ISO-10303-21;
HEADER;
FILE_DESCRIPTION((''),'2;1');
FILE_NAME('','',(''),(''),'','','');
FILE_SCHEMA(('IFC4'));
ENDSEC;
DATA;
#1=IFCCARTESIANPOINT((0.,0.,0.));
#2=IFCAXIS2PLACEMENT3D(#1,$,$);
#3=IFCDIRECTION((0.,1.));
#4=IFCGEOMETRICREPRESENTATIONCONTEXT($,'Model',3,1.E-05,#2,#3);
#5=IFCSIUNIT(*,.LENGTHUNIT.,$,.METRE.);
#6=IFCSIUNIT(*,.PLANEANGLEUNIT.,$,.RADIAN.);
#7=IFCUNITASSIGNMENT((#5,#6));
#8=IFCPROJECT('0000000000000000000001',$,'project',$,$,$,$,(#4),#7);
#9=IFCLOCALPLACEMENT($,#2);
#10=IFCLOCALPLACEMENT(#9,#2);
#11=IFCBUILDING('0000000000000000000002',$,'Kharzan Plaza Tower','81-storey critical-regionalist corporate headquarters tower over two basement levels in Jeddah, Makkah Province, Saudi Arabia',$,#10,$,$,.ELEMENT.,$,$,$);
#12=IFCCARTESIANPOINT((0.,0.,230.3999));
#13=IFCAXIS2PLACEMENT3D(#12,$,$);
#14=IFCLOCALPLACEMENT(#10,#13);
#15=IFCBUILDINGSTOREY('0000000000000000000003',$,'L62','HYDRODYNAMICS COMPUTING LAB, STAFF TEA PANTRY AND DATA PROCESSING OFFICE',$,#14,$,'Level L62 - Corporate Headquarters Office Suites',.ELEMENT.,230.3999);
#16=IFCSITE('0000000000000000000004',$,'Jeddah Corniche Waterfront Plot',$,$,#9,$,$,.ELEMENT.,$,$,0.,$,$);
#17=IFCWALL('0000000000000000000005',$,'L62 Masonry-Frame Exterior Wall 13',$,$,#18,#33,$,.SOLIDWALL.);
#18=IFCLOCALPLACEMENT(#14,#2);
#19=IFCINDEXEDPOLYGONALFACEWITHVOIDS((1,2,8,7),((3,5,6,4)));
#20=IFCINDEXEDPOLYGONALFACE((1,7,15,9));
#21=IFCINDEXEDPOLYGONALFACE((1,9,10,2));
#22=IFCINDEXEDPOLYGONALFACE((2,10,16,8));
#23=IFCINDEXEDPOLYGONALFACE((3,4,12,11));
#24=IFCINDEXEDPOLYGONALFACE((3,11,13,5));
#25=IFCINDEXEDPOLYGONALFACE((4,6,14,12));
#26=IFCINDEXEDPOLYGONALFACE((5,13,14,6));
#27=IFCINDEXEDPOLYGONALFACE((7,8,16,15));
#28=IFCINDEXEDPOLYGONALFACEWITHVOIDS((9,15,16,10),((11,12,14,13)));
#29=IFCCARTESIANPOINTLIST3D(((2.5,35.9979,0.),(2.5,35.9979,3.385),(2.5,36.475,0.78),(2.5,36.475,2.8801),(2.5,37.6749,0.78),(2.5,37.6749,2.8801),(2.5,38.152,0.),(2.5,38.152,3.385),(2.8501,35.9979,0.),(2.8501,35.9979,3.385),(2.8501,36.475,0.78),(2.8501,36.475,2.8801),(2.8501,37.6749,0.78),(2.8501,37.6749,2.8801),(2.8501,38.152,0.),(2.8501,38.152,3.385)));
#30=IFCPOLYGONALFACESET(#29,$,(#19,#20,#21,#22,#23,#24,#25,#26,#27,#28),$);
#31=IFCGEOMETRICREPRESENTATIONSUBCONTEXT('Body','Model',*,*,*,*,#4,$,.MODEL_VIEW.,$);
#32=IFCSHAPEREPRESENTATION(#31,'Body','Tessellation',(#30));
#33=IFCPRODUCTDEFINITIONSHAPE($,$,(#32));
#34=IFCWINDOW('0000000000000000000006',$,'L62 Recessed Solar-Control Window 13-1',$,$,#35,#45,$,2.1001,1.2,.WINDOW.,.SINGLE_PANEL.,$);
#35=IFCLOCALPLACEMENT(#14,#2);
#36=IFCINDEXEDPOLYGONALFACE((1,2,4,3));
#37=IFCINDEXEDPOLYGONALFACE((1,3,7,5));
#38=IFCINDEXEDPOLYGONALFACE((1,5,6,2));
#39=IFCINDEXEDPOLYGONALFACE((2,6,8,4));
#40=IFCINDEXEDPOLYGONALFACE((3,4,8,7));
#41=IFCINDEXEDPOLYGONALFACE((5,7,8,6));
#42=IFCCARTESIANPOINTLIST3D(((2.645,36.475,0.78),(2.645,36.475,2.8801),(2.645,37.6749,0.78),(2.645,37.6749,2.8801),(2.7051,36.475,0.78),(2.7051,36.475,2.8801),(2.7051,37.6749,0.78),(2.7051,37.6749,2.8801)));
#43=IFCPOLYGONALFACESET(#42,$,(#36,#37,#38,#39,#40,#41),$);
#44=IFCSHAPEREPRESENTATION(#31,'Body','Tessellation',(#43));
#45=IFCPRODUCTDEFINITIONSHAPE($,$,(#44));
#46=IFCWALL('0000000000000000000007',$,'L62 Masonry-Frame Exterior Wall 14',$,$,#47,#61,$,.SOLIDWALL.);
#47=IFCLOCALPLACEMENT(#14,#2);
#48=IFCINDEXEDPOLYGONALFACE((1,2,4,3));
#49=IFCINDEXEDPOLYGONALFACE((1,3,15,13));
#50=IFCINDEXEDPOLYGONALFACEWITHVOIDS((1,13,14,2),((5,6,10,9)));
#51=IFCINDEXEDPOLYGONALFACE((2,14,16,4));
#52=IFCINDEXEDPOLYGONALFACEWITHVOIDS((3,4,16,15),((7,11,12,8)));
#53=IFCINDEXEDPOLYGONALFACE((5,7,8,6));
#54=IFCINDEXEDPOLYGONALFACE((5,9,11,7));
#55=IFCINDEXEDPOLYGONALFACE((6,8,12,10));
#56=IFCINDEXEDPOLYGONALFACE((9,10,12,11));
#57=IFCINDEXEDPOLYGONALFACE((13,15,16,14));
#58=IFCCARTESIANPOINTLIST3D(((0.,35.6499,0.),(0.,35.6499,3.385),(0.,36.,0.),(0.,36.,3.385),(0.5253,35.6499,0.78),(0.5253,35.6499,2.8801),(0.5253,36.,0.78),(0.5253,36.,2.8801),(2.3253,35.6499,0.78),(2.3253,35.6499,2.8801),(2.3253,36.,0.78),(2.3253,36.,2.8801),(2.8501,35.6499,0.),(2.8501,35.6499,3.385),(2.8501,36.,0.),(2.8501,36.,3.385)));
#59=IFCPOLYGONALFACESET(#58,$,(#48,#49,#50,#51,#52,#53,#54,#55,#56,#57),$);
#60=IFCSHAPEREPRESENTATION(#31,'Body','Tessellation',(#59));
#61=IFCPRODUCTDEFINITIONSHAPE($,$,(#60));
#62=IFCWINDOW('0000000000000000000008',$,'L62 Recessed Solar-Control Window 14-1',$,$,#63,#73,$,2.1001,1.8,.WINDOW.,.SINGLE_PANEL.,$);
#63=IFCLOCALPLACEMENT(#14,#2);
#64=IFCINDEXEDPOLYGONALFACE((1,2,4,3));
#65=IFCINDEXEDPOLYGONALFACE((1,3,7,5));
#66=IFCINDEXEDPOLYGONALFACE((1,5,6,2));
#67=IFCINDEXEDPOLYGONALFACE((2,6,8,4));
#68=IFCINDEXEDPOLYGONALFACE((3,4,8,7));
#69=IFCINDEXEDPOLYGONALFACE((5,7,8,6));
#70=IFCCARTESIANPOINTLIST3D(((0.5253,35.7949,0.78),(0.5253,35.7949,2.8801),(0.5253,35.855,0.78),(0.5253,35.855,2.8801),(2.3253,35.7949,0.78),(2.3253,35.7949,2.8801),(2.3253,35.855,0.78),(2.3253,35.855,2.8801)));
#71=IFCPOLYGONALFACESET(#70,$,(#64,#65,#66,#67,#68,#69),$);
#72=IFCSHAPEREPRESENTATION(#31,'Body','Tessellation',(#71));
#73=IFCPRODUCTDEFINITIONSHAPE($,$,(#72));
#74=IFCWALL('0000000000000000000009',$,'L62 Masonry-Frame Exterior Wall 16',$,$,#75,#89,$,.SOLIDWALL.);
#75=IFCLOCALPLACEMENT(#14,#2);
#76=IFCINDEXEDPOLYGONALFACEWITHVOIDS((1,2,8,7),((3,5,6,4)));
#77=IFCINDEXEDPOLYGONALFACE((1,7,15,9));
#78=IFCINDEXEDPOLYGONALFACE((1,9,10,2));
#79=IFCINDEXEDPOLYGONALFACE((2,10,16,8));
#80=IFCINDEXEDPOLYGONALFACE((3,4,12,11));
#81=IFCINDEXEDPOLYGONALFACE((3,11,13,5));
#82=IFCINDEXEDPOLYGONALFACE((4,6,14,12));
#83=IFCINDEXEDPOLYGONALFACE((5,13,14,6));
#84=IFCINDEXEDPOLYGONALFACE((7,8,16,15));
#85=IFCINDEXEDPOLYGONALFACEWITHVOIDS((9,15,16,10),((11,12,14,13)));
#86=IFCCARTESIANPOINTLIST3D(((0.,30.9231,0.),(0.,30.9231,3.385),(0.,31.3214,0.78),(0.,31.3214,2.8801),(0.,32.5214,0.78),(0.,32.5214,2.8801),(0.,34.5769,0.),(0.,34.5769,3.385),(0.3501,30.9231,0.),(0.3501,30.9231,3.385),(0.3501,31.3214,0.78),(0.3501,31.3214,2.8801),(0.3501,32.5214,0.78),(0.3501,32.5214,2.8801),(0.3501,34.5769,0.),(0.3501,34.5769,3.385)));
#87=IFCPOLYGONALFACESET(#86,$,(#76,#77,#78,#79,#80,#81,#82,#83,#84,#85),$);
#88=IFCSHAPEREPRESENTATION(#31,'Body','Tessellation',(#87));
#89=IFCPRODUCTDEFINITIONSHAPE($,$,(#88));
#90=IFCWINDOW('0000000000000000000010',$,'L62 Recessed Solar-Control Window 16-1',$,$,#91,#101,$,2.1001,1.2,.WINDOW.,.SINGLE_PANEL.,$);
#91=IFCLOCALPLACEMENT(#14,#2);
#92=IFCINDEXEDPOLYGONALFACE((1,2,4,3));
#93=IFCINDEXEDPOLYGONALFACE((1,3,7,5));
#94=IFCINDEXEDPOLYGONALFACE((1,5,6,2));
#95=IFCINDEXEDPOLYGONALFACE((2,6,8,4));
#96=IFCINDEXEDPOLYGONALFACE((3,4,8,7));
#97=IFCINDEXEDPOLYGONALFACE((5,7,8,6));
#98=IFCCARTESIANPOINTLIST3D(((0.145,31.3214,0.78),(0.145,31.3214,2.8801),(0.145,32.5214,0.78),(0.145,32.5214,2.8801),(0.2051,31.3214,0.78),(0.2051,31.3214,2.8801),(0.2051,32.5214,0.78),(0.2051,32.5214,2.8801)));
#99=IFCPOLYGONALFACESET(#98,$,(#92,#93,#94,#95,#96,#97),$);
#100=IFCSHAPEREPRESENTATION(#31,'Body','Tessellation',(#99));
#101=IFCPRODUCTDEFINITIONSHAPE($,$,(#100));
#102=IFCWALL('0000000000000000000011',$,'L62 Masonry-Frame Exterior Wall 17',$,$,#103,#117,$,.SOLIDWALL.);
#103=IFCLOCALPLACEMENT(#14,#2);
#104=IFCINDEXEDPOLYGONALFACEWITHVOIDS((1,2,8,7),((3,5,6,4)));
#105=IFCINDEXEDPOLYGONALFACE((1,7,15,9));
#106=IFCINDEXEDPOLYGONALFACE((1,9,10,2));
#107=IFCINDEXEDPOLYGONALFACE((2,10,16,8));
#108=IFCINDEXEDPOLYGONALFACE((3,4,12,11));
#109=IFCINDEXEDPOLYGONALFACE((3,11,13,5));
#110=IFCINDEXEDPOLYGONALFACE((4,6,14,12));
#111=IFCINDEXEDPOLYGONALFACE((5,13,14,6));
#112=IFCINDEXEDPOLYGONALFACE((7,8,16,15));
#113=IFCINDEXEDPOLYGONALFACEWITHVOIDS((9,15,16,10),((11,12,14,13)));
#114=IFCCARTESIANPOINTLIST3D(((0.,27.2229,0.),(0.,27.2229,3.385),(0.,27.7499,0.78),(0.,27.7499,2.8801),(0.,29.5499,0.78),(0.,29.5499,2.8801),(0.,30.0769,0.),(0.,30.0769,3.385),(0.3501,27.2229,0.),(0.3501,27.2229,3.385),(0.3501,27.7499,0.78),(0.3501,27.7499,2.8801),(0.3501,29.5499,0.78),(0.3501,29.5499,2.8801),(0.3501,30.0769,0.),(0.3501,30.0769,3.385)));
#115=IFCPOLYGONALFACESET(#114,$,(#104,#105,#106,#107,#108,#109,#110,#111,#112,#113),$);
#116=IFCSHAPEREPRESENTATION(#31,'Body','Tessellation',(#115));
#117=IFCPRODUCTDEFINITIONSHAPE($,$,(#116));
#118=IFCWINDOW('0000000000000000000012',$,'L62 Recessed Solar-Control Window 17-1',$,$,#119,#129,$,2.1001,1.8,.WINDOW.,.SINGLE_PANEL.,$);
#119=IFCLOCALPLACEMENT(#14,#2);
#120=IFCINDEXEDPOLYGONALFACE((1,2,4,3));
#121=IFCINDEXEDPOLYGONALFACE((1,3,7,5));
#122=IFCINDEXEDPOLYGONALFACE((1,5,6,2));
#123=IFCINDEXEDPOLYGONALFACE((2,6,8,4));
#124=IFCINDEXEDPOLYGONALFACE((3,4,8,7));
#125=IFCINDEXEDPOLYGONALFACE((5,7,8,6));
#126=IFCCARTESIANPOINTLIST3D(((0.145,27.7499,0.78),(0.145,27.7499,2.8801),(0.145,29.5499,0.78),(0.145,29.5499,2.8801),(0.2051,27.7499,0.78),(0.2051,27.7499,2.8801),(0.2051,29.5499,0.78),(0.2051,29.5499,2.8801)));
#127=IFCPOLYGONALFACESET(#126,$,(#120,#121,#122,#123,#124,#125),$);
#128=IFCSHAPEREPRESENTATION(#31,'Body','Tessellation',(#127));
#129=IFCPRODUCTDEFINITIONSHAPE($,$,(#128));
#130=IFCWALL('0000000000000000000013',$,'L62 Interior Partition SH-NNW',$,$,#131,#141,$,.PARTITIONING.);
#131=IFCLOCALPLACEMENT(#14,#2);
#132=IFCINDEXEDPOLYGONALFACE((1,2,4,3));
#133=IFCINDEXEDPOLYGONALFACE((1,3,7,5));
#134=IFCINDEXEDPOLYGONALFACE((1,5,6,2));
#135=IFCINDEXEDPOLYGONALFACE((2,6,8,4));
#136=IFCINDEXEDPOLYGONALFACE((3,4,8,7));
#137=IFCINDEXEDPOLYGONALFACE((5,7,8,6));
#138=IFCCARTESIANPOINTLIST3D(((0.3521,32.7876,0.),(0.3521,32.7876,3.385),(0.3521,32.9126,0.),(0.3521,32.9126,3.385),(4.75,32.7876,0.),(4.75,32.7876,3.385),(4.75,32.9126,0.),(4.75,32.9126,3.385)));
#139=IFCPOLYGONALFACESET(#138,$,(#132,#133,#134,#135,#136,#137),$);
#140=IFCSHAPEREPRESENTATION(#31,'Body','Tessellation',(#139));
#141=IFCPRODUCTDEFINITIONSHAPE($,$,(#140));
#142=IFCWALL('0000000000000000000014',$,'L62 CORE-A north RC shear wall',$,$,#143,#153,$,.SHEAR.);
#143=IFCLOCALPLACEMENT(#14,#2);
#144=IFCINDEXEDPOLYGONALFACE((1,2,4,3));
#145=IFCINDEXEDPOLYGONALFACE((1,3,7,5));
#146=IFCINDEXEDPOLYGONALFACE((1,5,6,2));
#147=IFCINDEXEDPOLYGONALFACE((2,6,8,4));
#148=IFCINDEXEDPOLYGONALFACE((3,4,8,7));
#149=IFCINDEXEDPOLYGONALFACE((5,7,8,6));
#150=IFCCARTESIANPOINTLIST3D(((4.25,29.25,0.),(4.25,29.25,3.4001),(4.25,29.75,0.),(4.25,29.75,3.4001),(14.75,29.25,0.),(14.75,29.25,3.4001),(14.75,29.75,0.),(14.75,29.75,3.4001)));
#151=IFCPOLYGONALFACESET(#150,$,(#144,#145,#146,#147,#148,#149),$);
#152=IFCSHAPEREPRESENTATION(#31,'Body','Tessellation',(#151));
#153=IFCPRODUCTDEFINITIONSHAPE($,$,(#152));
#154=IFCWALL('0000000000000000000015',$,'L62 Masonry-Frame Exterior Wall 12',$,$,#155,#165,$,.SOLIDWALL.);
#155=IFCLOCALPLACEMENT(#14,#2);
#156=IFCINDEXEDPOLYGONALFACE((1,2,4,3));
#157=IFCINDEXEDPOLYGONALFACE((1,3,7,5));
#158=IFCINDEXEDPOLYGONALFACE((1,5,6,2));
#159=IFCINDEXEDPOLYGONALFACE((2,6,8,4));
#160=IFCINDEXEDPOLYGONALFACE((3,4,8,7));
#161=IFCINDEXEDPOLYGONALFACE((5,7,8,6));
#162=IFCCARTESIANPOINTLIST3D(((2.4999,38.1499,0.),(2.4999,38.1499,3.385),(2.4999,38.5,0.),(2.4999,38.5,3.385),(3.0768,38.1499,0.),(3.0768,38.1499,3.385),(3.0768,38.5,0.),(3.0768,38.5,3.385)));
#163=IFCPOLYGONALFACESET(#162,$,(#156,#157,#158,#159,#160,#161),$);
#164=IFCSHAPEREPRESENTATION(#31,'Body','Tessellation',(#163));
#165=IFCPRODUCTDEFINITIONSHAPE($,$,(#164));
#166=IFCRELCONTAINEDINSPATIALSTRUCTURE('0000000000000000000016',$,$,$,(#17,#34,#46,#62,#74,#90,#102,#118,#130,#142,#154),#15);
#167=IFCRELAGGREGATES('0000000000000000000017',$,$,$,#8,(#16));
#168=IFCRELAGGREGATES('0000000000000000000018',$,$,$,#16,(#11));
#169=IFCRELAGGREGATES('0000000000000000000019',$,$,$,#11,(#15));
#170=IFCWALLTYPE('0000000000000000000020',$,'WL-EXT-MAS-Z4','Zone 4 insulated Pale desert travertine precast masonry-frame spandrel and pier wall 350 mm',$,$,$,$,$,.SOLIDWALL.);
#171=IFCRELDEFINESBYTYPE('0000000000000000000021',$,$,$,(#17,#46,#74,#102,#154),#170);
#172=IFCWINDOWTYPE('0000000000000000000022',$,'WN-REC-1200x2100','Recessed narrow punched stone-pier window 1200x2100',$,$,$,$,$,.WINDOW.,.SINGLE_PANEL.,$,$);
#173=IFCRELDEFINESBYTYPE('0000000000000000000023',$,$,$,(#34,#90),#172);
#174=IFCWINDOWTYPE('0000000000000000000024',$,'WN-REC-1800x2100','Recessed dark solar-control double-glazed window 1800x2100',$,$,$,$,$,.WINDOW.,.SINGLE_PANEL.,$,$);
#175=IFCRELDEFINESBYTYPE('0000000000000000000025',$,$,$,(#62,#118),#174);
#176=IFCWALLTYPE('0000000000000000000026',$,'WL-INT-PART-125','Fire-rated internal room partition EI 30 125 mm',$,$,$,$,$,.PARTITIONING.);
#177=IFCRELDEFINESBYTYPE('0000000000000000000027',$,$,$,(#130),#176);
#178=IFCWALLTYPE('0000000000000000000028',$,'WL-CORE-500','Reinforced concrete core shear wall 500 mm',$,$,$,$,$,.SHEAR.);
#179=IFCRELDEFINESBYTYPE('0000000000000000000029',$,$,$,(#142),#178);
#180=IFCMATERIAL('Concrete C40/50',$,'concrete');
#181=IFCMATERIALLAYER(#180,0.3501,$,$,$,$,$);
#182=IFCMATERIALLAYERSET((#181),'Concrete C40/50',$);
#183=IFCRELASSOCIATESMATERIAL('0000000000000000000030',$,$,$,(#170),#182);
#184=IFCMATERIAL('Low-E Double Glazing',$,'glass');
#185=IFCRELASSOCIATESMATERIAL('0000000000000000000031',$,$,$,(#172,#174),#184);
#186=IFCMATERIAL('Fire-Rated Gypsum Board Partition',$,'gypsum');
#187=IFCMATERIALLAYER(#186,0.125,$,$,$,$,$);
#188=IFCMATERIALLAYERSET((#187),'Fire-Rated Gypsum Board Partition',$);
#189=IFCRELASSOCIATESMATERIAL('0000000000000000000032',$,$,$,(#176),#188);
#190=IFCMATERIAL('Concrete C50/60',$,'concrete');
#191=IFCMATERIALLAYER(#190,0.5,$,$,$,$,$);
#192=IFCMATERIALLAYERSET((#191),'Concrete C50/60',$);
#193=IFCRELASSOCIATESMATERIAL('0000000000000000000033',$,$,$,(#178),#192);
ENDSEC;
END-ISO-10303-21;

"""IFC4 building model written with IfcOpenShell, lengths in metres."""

from ifc_helpers import new_model, si_unit, direction, frame, frame_2d, origin, place, context, subcontext, project, spatial, rectangle, extrude, source, transform, mapped, material, layer, layer_set, type_object, element, fill, save


model = new_model("IFC4")

# Units and contexts
model_context = context("Model", 3, precision=1e-05, world=origin(), true_north=direction((0.0, 1.0)))
body_context = subcontext(model_context, "Body", "Model", "MODEL_VIEW")
ifc_project = project(units=[si_unit("LENGTHUNIT", "METRE"), si_unit("PLANEANGLEUNIT", "RADIAN")], contexts=[model_context])

# Site, building, storey
site_placement = place(None, origin())
site = spatial("IfcSite", under=ifc_project, at=site_placement, Name="Jeddah Corniche Waterfront Plot", CompositionType="ELEMENT", RefElevation=0.0)
building_placement = place(site_placement, origin())
building = spatial("IfcBuilding", under=site, at=building_placement, Name="Kharzan Plaza Tower", Description="81-storey critical-regionalist corporate headquarters tower over two basement levels in Jeddah, Makkah Province, Saudi Arabia", CompositionType="ELEMENT")
storey_placement = place(building_placement, frame((0.0, 0.0, 230.3999)))
storey = spatial("IfcBuildingStorey", under=building, at=storey_placement, Name="L62", Description="HYDRODYNAMICS COMPUTING LAB, STAFF TEA PANTRY AND DATA PROCESSING OFFICE", LongName="Level L62 - Corporate Headquarters Office Suites", CompositionType="ELEMENT", Elevation=230.3999)

# Shared definitions
ifc_material_1 = material(Name="Concrete C50/60", Category="concrete")

# Walls, openings, windows
ifc_material_2 = material(Name="Concrete C40/50", Category="concrete")
ifc_layer_1 = layer(ifc_material_2, 0.3501)
ifc_layer_set_1 = layer_set([ifc_layer_1], Name="Concrete C40/50")
wall_type_1 = type_object("IfcWallType", Name="WL-EXT-MAS-Z4", Description="Zone 4 insulated Pale desert travertine precast masonry-frame spandrel and pier wall 350 mm", PredefinedType="SOLIDWALL", material=ifc_layer_set_1)
wall_1_placement = place(storey_placement, frame((2.675, 38.1521, 0.0), z_axis=(0.0, 0.0, 1.0), x_axis=(0.0, -1.0, 0.0)))
wall_1 = element("IfcWall", 1, at=wall_1_placement, inside=storey, type_object=wall_type_1, Name="L62 Masonry-Frame Exterior Wall 13", PredefinedType="SOLIDWALL", context=body_context, shape_type="SweptSolid", body=[
    extrude(rectangle(XDim=2.1541, YDim=0.3501, at=frame_2d((1.0771, 0.0))), origin(), (0.0, 0.0, 1.0), 3.385),
])
opening_1_placement = place(wall_1_placement, frame((0.4771, 0.0, 0.78)))
opening_1 = element("IfcOpeningElement", 2, at=opening_1_placement, cuts=wall_1, PredefinedType="OPENING", context=body_context, shape_type="SweptSolid", body=[
    extrude(rectangle(XDim=1.2, YDim=2.1001, at=frame_2d((0.6001, 1.05))), frame((0.0, 0.1851, 0.0), z_axis=(0.0, -1.0, 0.0), x_axis=(1.0, 0.0, 0.0)), (0.0, 0.0, 1.0), 0.3701),
])
ifc_material_3 = material(Name="Low-E Double Glazing", Category="glass")
window_type_1 = type_object("IfcWindowType", Name="WN-REC-1200x2100", Description="Recessed narrow punched stone-pier window 1200x2100", PartitioningType="SINGLE_PANEL", PredefinedType="WINDOW", material=ifc_material_3)
shared_shape_1 = source(origin(), body_context, "Body", "SweptSolid", [
    extrude(rectangle(XDim=1.2, YDim=2.1001, at=frame_2d((0.6001, 1.05))), frame((0.0, 0.03, 0.0), z_axis=(0.0, -1.0, 0.0), x_axis=(1.0, 0.0, 0.0)), (0.0, 0.0, 1.0), 0.0601),
])
window_1_placement = place(opening_1_placement, origin())
window_1 = element("IfcWindow", 3, at=window_1_placement, inside=storey, type_object=window_type_1, Name="L62 Recessed Solar-Control Window 13-1", OverallHeight=2.1001, OverallWidth=1.2, PartitioningType="SINGLE_PANEL", PredefinedType="WINDOW", context=body_context, shape_type="MappedRepresentation", body=[
    mapped(shared_shape_1, transform((0.0, 0.0, 0.0), x_axis=(1.0, 0.0, 0.0), y_axis=(0.0, 1.0, 0.0), z_axis=(0.0, 0.0, 1.0))),
])
fill(opening_1, window_1)
wall_2_placement = place(storey_placement, frame((2.8501, 35.825, 0.0), z_axis=(0.0, 0.0, 1.0), x_axis=(-1.0, 0.0, 0.0)))
wall_2 = element("IfcWall", 4, at=wall_2_placement, inside=storey, type_object=wall_type_1, Name="L62 Masonry-Frame Exterior Wall 14", PredefinedType="SOLIDWALL", context=body_context, shape_type="SweptSolid", body=[
    extrude(rectangle(XDim=2.8501, YDim=0.3501, at=frame_2d((1.425, 0.0))), origin(), (0.0, 0.0, 1.0), 3.385),
])
opening_2_placement = place(wall_2_placement, frame((0.5249, 0.0, 0.78)))
opening_2 = element("IfcOpeningElement", 5, at=opening_2_placement, cuts=wall_2, PredefinedType="OPENING", context=body_context, shape_type="SweptSolid", body=[
    extrude(rectangle(XDim=1.8, YDim=2.1001, at=frame_2d((0.8999, 1.05))), frame((0.0, 0.1851, 0.0), z_axis=(0.0, -1.0, 0.0), x_axis=(1.0, 0.0, 0.0)), (0.0, 0.0, 1.0), 0.3701),
])
window_type_2 = type_object("IfcWindowType", Name="WN-REC-1800x2100", Description="Recessed dark solar-control double-glazed window 1800x2100", PartitioningType="SINGLE_PANEL", PredefinedType="WINDOW", material=ifc_material_3)
shared_shape_2 = source(origin(), body_context, "Body", "SweptSolid", [
    extrude(rectangle(XDim=1.8, YDim=2.1001, at=frame_2d((0.8999, 1.05))), frame((0.0, 0.03, 0.0), z_axis=(0.0, -1.0, 0.0), x_axis=(1.0, 0.0, 0.0)), (0.0, 0.0, 1.0), 0.0601),
])
window_2_placement = place(opening_2_placement, origin())
window_2 = element("IfcWindow", 6, at=window_2_placement, inside=storey, type_object=window_type_2, Name="L62 Recessed Solar-Control Window 14-1", OverallHeight=2.1001, OverallWidth=1.8, PartitioningType="SINGLE_PANEL", PredefinedType="WINDOW", context=body_context, shape_type="MappedRepresentation", body=[
    mapped(shared_shape_2, transform((0.0, 0.0, 0.0), x_axis=(1.0, 0.0, 0.0), y_axis=(0.0, 1.0, 0.0), z_axis=(0.0, 0.0, 1.0))),
])
fill(opening_2, window_2)
wall_3_placement = place(storey_placement, frame((0.175, 34.5769, 0.0), z_axis=(0.0, 0.0, 1.0), x_axis=(0.0, -1.0, 0.0)))
wall_3 = element("IfcWall", 7, at=wall_3_placement, inside=storey, type_object=wall_type_1, Name="L62 Masonry-Frame Exterior Wall 16", PredefinedType="SOLIDWALL", context=body_context, shape_type="SweptSolid", body=[
    extrude(rectangle(XDim=3.6538, YDim=0.3501, at=frame_2d((1.8269, 0.0))), origin(), (0.0, 0.0, 1.0), 3.385),
])
opening_3_placement = place(wall_3_placement, frame((2.0554, 0.0, 0.78)))
opening_3 = element("IfcOpeningElement", 8, at=opening_3_placement, cuts=wall_3, PredefinedType="OPENING", context=body_context, shape_type="SweptSolid", body=[
    extrude(rectangle(XDim=1.2, YDim=2.1001, at=frame_2d((0.6001, 1.05))), frame((0.0, 0.1851, 0.0), z_axis=(0.0, -1.0, 0.0), x_axis=(1.0, 0.0, 0.0)), (0.0, 0.0, 1.0), 0.3701),
])
window_3_placement = place(opening_3_placement, origin())
window_3 = element("IfcWindow", 9, at=window_3_placement, inside=storey, type_object=window_type_1, Name="L62 Recessed Solar-Control Window 16-1", OverallHeight=2.1001, OverallWidth=1.2, PartitioningType="SINGLE_PANEL", PredefinedType="WINDOW", context=body_context, shape_type="MappedRepresentation", body=[
    mapped(shared_shape_1, transform((0.0, 0.0, 0.0), x_axis=(1.0, 0.0, 0.0), y_axis=(0.0, 1.0, 0.0), z_axis=(0.0, 0.0, 1.0))),
])
fill(opening_3, window_3)
wall_4_placement = place(storey_placement, frame((0.175, 30.0769, 0.0), z_axis=(0.0, 0.0, 1.0), x_axis=(0.0, -1.0, 0.0)))
wall_4 = element("IfcWall", 10, at=wall_4_placement, inside=storey, type_object=wall_type_1, Name="L62 Masonry-Frame Exterior Wall 17", PredefinedType="SOLIDWALL", context=body_context, shape_type="SweptSolid", body=[
    extrude(rectangle(XDim=2.854, YDim=0.3501, at=frame_2d((1.427, 0.0))), origin(), (0.0, 0.0, 1.0), 3.385),
])
opening_4_placement = place(wall_4_placement, frame((0.5271, 0.0, 0.78)))
opening_4 = element("IfcOpeningElement", 11, at=opening_4_placement, cuts=wall_4, PredefinedType="OPENING", context=body_context, shape_type="SweptSolid", body=[
    extrude(rectangle(XDim=1.8, YDim=2.1001, at=frame_2d((0.8999, 1.05))), frame((0.0, 0.1851, 0.0), z_axis=(0.0, -1.0, 0.0), x_axis=(1.0, 0.0, 0.0)), (0.0, 0.0, 1.0), 0.3701),
])
window_4_placement = place(opening_4_placement, origin())
window_4 = element("IfcWindow", 12, at=window_4_placement, inside=storey, type_object=window_type_2, Name="L62 Recessed Solar-Control Window 17-1", OverallHeight=2.1001, OverallWidth=1.8, PartitioningType="SINGLE_PANEL", PredefinedType="WINDOW", context=body_context, shape_type="MappedRepresentation", body=[
    mapped(shared_shape_2, transform((0.0, 0.0, 0.0), x_axis=(1.0, 0.0, 0.0), y_axis=(0.0, 1.0, 0.0), z_axis=(0.0, 0.0, 1.0))),
])
fill(opening_4, window_4)

# Walls
ifc_material_4 = material(Name="Fire-Rated Gypsum Board Partition", Category="gypsum")
ifc_layer_2 = layer(ifc_material_4, 0.125)
ifc_layer_set_2 = layer_set([ifc_layer_2], Name="Fire-Rated Gypsum Board Partition")
wall_type_2 = type_object("IfcWallType", Name="WL-INT-PART-125", Description="Fire-rated internal room partition EI 30 125 mm", PredefinedType="PARTITIONING", material=ifc_layer_set_2)
shared_shape_3 = source(origin(), body_context, "Body", "SweptSolid", [
    extrude(rectangle(XDim=4.3979, YDim=0.125, at=frame_2d((2.199, 0.0))), origin(), (0.0, 0.0, 1.0), 3.385),
])
wall_5_placement = place(storey_placement, frame((0.3521, 32.8501, 0.0), z_axis=(0.0, 0.0, 1.0), x_axis=(1.0, 0.0, 0.0)))
element("IfcWall", 13, at=wall_5_placement, inside=storey, type_object=wall_type_2, Name="L62 Interior Partition SH-NNW", PredefinedType="PARTITIONING", context=body_context, shape_type="MappedRepresentation", body=[
    mapped(shared_shape_3, transform((0.0, 0.0, 0.0), x_axis=(1.0, 0.0, 0.0), y_axis=(0.0, 1.0, 0.0), z_axis=(0.0, 0.0, 1.0))),
])
ifc_layer_3 = layer(ifc_material_1, 0.5)
ifc_layer_set_3 = layer_set([ifc_layer_3], Name="Concrete C50/60")
wall_type_3 = type_object("IfcWallType", Name="WL-CORE-500", Description="Reinforced concrete core shear wall 500 mm", PredefinedType="SHEAR", material=ifc_layer_set_3)
shared_shape_4 = source(origin(), body_context, "Body", "SweptSolid", [
    extrude(rectangle(XDim=10.5, YDim=0.5, at=frame_2d((5.25, 0.0))), origin(), (0.0, 0.0, 1.0), 3.4001),
])
wall_6_placement = place(storey_placement, frame((4.25, 29.5, 0.0), z_axis=(0.0, 0.0, 1.0), x_axis=(1.0, 0.0, 0.0)))
element("IfcWall", 14, at=wall_6_placement, inside=storey, type_object=wall_type_3, Name="L62 CORE-A north RC shear wall", PredefinedType="SHEAR", context=body_context, shape_type="MappedRepresentation", body=[
    mapped(shared_shape_4, transform((0.0, 0.0, 0.0), x_axis=(1.0, 0.0, 0.0), y_axis=(0.0, 1.0, 0.0), z_axis=(0.0, 0.0, 1.0))),
])
shared_shape_5 = source(origin(), body_context, "Body", "SweptSolid", [
    extrude(rectangle(XDim=0.5769, YDim=0.3501, at=frame_2d((0.2886, 0.0))), origin(), (0.0, 0.0, 1.0), 3.385),
])
wall_7_placement = place(storey_placement, frame((3.0769, 38.325, 0.0), z_axis=(0.0, 0.0, 1.0), x_axis=(-1.0, 0.0, 0.0)))
element("IfcWall", 15, at=wall_7_placement, inside=storey, type_object=wall_type_1, Name="L62 Masonry-Frame Exterior Wall 12", PredefinedType="SOLIDWALL", context=body_context, shape_type="MappedRepresentation", body=[
    mapped(shared_shape_5, transform((0.0, 0.0, 0.0), x_axis=(1.0, 0.0, 0.0), y_axis=(0.0, 1.0, 0.0), z_axis=(0.0, 0.0, 1.0))),
])

save(model, "model.ifc")
